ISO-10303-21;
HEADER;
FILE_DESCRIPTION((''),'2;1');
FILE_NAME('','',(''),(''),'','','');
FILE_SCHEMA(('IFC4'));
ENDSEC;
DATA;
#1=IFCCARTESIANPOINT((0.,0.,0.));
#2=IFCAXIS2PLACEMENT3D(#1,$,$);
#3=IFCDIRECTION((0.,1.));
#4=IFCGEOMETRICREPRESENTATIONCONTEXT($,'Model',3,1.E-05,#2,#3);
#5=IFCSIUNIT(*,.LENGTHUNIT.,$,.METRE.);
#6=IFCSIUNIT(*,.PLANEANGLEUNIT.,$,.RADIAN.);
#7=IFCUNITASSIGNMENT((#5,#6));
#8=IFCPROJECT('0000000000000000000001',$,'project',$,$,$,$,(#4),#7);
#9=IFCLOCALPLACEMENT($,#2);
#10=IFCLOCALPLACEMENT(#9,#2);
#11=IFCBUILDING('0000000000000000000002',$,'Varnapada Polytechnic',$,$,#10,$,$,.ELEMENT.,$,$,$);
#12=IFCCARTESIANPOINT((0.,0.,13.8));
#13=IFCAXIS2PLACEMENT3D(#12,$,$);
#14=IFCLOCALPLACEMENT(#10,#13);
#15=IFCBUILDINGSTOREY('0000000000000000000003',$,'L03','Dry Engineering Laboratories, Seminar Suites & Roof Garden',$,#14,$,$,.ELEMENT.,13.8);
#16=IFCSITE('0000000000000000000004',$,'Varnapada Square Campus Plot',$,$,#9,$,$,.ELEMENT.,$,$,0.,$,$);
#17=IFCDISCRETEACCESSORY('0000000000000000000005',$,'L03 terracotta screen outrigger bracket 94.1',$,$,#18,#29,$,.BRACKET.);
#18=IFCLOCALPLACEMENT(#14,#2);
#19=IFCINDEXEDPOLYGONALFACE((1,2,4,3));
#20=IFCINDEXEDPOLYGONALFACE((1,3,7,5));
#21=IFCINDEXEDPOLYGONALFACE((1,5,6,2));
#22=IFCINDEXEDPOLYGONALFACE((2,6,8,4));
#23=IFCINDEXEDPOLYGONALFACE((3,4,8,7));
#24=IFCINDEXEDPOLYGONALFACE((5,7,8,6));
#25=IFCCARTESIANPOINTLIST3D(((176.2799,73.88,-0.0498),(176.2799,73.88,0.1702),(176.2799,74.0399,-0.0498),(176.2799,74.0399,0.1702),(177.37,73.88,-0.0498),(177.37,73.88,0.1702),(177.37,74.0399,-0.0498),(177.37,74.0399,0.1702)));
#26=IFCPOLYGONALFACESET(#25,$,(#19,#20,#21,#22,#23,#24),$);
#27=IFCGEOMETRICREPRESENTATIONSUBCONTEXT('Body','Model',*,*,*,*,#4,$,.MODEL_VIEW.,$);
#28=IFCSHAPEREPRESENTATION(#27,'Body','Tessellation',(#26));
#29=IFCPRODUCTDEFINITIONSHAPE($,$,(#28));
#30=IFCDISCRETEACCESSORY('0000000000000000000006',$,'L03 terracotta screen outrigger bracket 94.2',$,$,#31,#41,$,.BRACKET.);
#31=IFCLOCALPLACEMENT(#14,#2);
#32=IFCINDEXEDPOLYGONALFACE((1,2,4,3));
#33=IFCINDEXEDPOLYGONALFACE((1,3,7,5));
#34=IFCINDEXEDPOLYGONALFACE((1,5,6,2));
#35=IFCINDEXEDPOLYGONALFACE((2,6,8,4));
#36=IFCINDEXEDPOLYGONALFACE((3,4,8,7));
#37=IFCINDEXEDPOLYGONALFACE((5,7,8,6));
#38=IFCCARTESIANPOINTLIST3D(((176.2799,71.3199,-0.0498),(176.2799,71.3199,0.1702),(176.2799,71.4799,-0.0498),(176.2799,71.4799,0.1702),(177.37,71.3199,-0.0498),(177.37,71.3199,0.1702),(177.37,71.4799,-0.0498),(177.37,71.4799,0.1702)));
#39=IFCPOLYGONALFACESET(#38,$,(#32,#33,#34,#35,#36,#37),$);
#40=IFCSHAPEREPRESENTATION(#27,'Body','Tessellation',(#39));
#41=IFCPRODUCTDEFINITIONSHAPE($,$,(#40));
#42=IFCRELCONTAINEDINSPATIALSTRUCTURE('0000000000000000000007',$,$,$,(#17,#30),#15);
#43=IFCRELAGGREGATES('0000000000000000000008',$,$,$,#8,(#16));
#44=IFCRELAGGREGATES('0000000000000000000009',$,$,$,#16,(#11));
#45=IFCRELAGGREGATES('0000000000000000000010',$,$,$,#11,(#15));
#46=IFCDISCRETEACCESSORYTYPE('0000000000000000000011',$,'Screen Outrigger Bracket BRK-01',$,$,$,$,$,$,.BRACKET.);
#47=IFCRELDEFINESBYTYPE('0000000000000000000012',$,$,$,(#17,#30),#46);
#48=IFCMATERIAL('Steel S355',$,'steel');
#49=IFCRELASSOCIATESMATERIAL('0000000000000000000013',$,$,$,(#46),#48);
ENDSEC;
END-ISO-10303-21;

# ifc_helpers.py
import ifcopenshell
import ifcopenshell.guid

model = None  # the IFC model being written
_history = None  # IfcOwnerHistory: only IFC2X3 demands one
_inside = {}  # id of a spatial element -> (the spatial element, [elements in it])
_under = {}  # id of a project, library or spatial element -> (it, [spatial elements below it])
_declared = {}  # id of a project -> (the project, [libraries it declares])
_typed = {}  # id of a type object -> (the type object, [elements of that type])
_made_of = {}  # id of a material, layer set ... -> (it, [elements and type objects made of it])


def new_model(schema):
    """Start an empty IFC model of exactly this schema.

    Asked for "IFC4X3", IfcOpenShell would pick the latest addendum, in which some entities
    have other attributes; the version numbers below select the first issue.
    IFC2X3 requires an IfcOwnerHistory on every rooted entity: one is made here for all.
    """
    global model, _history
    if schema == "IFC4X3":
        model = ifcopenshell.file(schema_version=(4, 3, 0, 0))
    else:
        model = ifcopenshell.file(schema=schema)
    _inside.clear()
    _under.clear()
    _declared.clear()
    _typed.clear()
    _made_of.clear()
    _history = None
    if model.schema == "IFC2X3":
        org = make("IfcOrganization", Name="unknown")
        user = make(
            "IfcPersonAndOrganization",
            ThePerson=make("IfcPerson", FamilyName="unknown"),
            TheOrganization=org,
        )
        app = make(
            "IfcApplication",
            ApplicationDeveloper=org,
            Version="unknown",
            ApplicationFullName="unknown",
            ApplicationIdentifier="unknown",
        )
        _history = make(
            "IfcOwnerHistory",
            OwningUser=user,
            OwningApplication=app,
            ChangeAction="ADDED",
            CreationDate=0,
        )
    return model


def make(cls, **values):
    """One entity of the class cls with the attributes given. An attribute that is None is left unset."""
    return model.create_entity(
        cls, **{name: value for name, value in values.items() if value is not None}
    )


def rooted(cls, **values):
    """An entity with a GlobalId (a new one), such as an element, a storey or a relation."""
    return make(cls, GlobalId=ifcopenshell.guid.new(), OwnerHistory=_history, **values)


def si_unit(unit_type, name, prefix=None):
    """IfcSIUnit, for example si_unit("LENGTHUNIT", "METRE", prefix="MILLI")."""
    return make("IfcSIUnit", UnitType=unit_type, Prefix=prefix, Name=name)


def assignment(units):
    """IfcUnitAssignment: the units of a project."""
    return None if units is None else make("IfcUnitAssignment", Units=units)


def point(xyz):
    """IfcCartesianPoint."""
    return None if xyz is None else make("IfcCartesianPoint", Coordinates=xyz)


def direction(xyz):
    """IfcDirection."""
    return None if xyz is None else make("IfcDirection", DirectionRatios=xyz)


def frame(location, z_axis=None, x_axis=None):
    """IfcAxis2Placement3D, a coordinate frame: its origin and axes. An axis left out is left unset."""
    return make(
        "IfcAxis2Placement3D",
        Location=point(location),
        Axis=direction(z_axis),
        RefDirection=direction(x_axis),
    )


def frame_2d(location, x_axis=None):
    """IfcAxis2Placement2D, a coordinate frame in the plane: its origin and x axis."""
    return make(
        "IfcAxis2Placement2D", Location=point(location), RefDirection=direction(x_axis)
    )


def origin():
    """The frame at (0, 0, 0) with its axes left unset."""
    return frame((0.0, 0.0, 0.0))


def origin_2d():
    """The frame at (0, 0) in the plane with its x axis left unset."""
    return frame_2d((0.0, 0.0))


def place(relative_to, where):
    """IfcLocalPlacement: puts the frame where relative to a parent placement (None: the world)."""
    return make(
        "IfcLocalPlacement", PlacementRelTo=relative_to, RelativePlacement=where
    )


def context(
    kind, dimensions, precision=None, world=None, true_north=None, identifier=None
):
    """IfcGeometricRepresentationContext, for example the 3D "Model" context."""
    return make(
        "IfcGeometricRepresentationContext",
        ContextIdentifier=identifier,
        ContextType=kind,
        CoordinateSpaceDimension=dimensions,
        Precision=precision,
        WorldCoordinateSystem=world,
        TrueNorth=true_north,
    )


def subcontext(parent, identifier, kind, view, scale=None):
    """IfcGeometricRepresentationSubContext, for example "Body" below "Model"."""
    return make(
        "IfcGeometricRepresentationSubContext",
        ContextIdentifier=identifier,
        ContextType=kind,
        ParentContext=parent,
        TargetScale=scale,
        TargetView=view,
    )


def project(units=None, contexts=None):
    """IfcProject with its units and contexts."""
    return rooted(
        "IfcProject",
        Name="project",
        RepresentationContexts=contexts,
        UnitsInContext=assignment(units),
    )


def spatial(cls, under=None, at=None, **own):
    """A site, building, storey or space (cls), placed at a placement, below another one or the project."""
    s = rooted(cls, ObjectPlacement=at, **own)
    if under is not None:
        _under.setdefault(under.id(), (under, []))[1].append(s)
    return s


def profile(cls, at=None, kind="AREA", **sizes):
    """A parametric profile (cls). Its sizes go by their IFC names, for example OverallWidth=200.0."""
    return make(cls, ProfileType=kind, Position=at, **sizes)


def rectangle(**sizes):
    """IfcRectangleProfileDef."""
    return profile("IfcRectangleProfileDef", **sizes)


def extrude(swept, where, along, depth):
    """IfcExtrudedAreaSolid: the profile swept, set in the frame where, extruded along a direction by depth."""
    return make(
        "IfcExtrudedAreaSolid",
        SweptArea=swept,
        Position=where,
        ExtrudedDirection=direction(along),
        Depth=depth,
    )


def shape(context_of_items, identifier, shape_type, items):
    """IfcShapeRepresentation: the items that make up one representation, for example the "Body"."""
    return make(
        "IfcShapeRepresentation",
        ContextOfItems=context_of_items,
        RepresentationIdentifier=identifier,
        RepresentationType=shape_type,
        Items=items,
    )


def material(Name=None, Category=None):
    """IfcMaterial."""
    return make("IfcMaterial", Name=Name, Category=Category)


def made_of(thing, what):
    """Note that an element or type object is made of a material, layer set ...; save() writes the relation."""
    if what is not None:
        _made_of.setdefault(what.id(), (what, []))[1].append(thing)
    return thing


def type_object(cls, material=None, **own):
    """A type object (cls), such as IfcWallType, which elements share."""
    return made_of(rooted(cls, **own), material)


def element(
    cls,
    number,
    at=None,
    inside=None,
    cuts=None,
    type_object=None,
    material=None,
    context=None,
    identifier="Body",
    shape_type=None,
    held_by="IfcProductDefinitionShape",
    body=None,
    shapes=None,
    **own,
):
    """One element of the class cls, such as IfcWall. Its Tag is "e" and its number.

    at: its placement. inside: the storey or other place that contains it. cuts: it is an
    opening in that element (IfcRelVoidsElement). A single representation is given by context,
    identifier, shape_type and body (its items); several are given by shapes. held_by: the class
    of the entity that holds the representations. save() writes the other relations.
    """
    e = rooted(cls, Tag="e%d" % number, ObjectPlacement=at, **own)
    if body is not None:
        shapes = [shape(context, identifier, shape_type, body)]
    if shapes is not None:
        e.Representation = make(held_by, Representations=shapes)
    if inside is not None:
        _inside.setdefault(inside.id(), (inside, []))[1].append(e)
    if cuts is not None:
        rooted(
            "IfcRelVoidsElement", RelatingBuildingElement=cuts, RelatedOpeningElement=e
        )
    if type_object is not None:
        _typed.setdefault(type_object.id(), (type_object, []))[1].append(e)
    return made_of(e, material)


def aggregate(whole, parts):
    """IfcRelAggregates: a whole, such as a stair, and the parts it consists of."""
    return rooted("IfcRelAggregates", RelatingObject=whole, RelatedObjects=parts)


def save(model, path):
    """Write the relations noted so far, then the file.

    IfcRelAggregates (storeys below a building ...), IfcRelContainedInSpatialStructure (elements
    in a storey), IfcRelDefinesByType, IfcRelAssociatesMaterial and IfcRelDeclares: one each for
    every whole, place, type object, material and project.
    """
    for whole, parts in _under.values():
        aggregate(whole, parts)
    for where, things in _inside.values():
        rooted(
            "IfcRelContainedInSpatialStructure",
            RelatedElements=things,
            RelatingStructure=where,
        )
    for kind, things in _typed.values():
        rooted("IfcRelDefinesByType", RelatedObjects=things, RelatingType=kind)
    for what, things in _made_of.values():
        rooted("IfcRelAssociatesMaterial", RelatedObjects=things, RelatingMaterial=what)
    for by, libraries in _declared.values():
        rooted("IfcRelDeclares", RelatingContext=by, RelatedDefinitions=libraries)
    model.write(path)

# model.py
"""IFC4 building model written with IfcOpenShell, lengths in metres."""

from ifc_helpers import new_model, si_unit, direction, frame, origin, origin_2d, place, context, subcontext, project, spatial, rectangle, extrude, material, type_object, element, save


model = new_model("IFC4")

# Units and contexts
model_context = context("Model", 3, precision=1e-05, world=origin(), true_north=direction((0.0, 1.0)))
body_context = subcontext(model_context, "Body", "Model", "MODEL_VIEW")
ifc_project = project(units=[si_unit("LENGTHUNIT", "METRE"), si_unit("PLANEANGLEUNIT", "RADIAN")], contexts=[model_context])

# Site, building, storey
site_placement = place(None, origin())
site = spatial("IfcSite", under=ifc_project, at=site_placement, Name="Varnapada Square Campus Plot", CompositionType="ELEMENT", RefElevation=0.0)
building_placement = place(site_placement, origin())
building = spatial("IfcBuilding", under=site, at=building_placement, Name="Varnapada Polytechnic", CompositionType="ELEMENT")
storey_placement = place(building_placement, frame((0.0, 0.0, 13.8)))
storey = spatial("IfcBuildingStorey", under=building, at=storey_placement, Name="L03", Description="Dry Engineering Laboratories, Seminar Suites & Roof Garden", CompositionType="ELEMENT", Elevation=13.8)

# Discrete accessories
ifc_material_1 = material(Name="Steel S355", Category="steel")
discrete_accessory_type = type_object("IfcDiscreteAccessoryType", Name="Screen Outrigger Bracket BRK-01", PredefinedType="BRACKET", material=ifc_material_1)
for number, where, z_axis, x_axis, name in (
    (1, (176.825, 73.96, -0.0498), (0.0, 0.0, 1.0), (0.0, -1.0, 0.0), "L03 terracotta screen outrigger bracket 94.1"),
    (2, (176.825, 71.3999, -0.0498), (0.0, 0.0, 1.0), (0.0, -1.0, 0.0), "L03 terracotta screen outrigger bracket 94.2"),
):
    element("IfcDiscreteAccessory", number, at=place(storey_placement, frame(where, z_axis=z_axis, x_axis=x_axis)), inside=storey, type_object=discrete_accessory_type, Name=name, PredefinedType="BRACKET", context=body_context, shape_type="SweptSolid", body=[
        extrude(rectangle(XDim=0.1599, YDim=1.0901, at=origin_2d()), origin(), (0.0, 0.0, 1.0), 0.22),
    ])

save(model, "model.ifc")
